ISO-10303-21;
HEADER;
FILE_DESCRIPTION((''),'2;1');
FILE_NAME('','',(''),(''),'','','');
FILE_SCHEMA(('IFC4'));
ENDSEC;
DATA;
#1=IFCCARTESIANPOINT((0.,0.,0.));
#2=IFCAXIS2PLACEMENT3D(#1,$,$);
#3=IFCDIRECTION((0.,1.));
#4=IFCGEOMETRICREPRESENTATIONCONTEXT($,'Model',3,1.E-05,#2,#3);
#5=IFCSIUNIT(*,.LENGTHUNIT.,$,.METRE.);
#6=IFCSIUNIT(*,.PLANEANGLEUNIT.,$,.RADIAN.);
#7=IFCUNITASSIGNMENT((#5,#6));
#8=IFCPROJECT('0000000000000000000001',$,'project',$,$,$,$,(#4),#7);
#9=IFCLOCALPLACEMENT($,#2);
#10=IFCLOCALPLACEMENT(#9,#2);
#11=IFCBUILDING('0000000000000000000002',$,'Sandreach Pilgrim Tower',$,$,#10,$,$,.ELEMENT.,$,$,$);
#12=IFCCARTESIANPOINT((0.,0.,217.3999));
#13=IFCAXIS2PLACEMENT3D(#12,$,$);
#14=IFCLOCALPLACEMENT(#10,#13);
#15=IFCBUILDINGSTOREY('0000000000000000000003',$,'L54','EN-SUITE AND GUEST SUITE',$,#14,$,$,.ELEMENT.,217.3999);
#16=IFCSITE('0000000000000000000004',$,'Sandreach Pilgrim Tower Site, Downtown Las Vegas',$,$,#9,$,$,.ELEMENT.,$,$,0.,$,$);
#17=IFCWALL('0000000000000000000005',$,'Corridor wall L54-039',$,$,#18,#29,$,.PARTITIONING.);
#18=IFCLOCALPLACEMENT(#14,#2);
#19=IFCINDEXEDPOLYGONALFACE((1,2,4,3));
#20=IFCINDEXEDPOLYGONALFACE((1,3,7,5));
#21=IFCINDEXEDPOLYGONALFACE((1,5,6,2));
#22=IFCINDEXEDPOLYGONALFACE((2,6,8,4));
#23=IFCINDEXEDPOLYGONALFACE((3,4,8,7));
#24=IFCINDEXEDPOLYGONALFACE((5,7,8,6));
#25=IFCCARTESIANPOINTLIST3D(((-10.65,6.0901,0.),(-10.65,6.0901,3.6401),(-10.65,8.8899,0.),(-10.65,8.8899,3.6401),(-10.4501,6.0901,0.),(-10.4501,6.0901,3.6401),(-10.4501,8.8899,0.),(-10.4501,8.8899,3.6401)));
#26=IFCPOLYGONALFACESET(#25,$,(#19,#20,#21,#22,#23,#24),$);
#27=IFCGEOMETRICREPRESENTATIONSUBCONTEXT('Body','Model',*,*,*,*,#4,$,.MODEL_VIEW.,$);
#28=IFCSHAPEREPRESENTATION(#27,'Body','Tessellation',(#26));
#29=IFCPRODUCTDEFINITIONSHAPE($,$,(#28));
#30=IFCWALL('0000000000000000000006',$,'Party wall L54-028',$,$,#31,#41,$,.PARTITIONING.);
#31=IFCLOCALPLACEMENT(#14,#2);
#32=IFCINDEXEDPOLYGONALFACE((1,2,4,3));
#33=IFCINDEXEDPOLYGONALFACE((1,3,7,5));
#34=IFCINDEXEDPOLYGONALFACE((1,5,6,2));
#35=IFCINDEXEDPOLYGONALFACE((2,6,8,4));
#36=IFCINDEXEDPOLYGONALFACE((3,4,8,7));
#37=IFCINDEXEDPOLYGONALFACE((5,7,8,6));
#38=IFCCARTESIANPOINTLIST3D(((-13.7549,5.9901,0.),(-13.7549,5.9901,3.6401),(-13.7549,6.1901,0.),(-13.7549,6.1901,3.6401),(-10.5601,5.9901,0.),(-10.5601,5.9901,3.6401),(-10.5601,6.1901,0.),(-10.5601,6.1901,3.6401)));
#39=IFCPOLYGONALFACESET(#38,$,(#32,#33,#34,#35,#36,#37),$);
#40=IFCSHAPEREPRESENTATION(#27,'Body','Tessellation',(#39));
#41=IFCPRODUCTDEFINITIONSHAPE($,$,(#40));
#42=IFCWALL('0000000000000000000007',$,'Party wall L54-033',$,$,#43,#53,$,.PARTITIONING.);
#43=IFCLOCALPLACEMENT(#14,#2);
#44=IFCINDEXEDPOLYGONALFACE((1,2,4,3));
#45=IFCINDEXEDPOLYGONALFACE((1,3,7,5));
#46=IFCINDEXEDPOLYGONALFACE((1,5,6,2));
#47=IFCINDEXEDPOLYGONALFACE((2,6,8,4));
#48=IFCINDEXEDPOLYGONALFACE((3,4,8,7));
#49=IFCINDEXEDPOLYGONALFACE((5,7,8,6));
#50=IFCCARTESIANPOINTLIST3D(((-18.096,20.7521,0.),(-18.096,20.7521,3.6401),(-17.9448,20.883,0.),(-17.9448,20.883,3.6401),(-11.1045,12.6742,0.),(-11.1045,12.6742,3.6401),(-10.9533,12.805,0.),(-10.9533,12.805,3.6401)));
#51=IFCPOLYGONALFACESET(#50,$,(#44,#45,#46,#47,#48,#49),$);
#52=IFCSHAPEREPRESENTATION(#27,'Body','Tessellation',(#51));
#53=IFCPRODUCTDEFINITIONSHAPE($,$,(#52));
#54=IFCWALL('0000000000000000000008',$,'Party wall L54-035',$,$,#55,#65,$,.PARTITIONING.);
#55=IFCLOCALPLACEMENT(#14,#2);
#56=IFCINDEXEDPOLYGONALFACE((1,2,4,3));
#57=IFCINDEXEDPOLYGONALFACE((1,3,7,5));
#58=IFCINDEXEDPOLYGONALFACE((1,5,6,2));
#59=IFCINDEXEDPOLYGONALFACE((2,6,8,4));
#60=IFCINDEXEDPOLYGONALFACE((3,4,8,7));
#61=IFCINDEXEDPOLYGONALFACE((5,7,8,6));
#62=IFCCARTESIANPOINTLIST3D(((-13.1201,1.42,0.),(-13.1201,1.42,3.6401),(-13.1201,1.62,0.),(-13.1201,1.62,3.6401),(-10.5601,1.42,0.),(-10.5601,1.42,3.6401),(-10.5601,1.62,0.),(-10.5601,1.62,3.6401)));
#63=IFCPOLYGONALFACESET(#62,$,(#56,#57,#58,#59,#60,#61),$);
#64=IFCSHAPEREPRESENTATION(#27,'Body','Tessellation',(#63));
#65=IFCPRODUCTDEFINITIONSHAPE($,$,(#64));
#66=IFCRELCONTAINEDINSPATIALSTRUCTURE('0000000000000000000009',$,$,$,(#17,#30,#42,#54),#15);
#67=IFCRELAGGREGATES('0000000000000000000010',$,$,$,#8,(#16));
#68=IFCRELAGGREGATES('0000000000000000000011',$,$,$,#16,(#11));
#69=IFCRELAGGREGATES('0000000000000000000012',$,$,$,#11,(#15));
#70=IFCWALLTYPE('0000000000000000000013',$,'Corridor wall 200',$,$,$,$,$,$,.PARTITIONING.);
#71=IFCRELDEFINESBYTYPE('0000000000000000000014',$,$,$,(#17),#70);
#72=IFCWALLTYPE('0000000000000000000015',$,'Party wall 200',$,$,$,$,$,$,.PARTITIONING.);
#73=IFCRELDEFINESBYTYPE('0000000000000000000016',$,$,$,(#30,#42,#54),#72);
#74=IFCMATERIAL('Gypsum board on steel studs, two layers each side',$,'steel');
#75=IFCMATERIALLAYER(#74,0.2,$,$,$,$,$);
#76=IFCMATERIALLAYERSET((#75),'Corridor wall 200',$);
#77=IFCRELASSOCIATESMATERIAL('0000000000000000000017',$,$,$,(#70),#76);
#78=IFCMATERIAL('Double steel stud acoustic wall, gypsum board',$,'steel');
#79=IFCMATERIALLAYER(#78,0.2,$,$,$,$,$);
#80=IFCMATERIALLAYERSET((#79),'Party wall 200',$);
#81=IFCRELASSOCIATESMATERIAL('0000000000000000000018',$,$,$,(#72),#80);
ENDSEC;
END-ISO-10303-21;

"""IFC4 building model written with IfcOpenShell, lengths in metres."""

from ifc_helpers import new_model, si_unit, direction, frame, frame_2d, origin, place, context, subcontext, project, spatial, rectangle, extrude, material, layer, layer_set, type_object, element, save


model = new_model("IFC4")

# Units and contexts
model_context = context("Model", 3, precision=1e-05, world=origin(), true_north=direction((0.0, 1.0)))
body_context = subcontext(model_context, "Body", "Model", "MODEL_VIEW")
ifc_project = project(units=[si_unit("LENGTHUNIT", "METRE"), si_unit("PLANEANGLEUNIT", "RADIAN")], contexts=[model_context])

# Site, building, storey
site_placement = place(None, origin())
site = spatial("IfcSite", under=ifc_project, at=site_placement, Name="Sandreach Pilgrim Tower Site, Downtown Las Vegas", CompositionType="ELEMENT", RefElevation=0.0)
building_placement = place(site_placement, origin())
building = spatial("IfcBuilding", under=site, at=building_placement, Name="Sandreach Pilgrim Tower", CompositionType="ELEMENT")
storey_placement = place(building_placement, frame((0.0, 0.0, 217.3999)))
storey = spatial("IfcBuildingStorey", under=building, at=storey_placement, Name="L54", Description="EN-SUITE AND GUEST SUITE", CompositionType="ELEMENT", Elevation=217.3999)

# Shared definitions
ifc_material_1 = material(Name="Gypsum board on steel studs, two layers each side", Category="steel")
ifc_layer_1 = layer(ifc_material_1, 0.2)
ifc_layer_set_1 = layer_set([ifc_layer_1], Name="Corridor wall 200")
wall_type_1 = type_object("IfcWallType", Name="Corridor wall 200", PredefinedType="PARTITIONING", material=ifc_layer_set_1)

# Walls
wall_1_placement = place(storey_placement, frame((-10.55, 8.8899, 0.0), z_axis=(0.0, 0.0, 1.0), x_axis=(0.0, -1.0, 0.0)))
element("IfcWall", 1, at=wall_1_placement, inside=storey, type_object=wall_type_1, Name="Corridor wall L54-039", PredefinedType="PARTITIONING", context=body_context, shape_type="SweptSolid", body=[
    extrude(rectangle(XDim=2.7998, YDim=0.2, at=frame_2d((1.3999, 0.0))), origin(), (0.0, 0.0, 1.0), 3.6401),
])
ifc_material_2 = material(Name="Double steel stud acoustic wall, gypsum board", Category="steel")
ifc_layer_2 = layer(ifc_material_2, 0.2)
ifc_layer_set_2 = layer_set([ifc_layer_2], Name="Party wall 200")
wall_type_2 = type_object("IfcWallType", Name="Party wall 200", PredefinedType="PARTITIONING", material=ifc_layer_set_2)
wall_2_placement = place(storey_placement, frame((-13.7549, 6.0901, 0.0), z_axis=(0.0, 0.0, 1.0), x_axis=(1.0, 0.0, 0.0)))
element("IfcWall", 2, at=wall_2_placement, inside=storey, type_object=wall_type_2, Name="Party wall L54-028", PredefinedType="PARTITIONING", context=body_context, shape_type="SweptSolid", body=[
    extrude(rectangle(XDim=3.1948, YDim=0.2, at=frame_2d((1.5974, 0.0))), origin(), (0.0, 0.0, 1.0), 3.6401),
])
wall_3_placement = place(storey_placement, frame((-11.0288, 12.7395, 0.0), z_axis=(0.0, 0.0, 1.0), x_axis=(-0.654429, 0.756123, 0.0)))
element("IfcWall", 3, at=wall_3_placement, inside=storey, type_object=wall_type_2, Name="Party wall L54-033", PredefinedType="PARTITIONING", context=body_context, shape_type="SweptSolid", body=[
    extrude(rectangle(XDim=10.6833, YDim=0.2, at=frame_2d((5.3418, 0.0))), origin(), (0.0, 0.0, 1.0), 3.6401),
])
wall_4_placement = place(storey_placement, frame((-10.5601, 1.52, 0.0), z_axis=(0.0, 0.0, 1.0), x_axis=(-1.0, 0.0, 0.0)))
element("IfcWall", 4, at=wall_4_placement, inside=storey, type_object=wall_type_2, Name="Party wall L54-035", PredefinedType="PARTITIONING", context=body_context, shape_type="SweptSolid", body=[
    extrude(rectangle(XDim=2.5601, YDim=0.2, at=frame_2d((1.28, 0.0))), origin(), (0.0, 0.0, 1.0), 3.6401),
])

save(model, "model.ifc")
